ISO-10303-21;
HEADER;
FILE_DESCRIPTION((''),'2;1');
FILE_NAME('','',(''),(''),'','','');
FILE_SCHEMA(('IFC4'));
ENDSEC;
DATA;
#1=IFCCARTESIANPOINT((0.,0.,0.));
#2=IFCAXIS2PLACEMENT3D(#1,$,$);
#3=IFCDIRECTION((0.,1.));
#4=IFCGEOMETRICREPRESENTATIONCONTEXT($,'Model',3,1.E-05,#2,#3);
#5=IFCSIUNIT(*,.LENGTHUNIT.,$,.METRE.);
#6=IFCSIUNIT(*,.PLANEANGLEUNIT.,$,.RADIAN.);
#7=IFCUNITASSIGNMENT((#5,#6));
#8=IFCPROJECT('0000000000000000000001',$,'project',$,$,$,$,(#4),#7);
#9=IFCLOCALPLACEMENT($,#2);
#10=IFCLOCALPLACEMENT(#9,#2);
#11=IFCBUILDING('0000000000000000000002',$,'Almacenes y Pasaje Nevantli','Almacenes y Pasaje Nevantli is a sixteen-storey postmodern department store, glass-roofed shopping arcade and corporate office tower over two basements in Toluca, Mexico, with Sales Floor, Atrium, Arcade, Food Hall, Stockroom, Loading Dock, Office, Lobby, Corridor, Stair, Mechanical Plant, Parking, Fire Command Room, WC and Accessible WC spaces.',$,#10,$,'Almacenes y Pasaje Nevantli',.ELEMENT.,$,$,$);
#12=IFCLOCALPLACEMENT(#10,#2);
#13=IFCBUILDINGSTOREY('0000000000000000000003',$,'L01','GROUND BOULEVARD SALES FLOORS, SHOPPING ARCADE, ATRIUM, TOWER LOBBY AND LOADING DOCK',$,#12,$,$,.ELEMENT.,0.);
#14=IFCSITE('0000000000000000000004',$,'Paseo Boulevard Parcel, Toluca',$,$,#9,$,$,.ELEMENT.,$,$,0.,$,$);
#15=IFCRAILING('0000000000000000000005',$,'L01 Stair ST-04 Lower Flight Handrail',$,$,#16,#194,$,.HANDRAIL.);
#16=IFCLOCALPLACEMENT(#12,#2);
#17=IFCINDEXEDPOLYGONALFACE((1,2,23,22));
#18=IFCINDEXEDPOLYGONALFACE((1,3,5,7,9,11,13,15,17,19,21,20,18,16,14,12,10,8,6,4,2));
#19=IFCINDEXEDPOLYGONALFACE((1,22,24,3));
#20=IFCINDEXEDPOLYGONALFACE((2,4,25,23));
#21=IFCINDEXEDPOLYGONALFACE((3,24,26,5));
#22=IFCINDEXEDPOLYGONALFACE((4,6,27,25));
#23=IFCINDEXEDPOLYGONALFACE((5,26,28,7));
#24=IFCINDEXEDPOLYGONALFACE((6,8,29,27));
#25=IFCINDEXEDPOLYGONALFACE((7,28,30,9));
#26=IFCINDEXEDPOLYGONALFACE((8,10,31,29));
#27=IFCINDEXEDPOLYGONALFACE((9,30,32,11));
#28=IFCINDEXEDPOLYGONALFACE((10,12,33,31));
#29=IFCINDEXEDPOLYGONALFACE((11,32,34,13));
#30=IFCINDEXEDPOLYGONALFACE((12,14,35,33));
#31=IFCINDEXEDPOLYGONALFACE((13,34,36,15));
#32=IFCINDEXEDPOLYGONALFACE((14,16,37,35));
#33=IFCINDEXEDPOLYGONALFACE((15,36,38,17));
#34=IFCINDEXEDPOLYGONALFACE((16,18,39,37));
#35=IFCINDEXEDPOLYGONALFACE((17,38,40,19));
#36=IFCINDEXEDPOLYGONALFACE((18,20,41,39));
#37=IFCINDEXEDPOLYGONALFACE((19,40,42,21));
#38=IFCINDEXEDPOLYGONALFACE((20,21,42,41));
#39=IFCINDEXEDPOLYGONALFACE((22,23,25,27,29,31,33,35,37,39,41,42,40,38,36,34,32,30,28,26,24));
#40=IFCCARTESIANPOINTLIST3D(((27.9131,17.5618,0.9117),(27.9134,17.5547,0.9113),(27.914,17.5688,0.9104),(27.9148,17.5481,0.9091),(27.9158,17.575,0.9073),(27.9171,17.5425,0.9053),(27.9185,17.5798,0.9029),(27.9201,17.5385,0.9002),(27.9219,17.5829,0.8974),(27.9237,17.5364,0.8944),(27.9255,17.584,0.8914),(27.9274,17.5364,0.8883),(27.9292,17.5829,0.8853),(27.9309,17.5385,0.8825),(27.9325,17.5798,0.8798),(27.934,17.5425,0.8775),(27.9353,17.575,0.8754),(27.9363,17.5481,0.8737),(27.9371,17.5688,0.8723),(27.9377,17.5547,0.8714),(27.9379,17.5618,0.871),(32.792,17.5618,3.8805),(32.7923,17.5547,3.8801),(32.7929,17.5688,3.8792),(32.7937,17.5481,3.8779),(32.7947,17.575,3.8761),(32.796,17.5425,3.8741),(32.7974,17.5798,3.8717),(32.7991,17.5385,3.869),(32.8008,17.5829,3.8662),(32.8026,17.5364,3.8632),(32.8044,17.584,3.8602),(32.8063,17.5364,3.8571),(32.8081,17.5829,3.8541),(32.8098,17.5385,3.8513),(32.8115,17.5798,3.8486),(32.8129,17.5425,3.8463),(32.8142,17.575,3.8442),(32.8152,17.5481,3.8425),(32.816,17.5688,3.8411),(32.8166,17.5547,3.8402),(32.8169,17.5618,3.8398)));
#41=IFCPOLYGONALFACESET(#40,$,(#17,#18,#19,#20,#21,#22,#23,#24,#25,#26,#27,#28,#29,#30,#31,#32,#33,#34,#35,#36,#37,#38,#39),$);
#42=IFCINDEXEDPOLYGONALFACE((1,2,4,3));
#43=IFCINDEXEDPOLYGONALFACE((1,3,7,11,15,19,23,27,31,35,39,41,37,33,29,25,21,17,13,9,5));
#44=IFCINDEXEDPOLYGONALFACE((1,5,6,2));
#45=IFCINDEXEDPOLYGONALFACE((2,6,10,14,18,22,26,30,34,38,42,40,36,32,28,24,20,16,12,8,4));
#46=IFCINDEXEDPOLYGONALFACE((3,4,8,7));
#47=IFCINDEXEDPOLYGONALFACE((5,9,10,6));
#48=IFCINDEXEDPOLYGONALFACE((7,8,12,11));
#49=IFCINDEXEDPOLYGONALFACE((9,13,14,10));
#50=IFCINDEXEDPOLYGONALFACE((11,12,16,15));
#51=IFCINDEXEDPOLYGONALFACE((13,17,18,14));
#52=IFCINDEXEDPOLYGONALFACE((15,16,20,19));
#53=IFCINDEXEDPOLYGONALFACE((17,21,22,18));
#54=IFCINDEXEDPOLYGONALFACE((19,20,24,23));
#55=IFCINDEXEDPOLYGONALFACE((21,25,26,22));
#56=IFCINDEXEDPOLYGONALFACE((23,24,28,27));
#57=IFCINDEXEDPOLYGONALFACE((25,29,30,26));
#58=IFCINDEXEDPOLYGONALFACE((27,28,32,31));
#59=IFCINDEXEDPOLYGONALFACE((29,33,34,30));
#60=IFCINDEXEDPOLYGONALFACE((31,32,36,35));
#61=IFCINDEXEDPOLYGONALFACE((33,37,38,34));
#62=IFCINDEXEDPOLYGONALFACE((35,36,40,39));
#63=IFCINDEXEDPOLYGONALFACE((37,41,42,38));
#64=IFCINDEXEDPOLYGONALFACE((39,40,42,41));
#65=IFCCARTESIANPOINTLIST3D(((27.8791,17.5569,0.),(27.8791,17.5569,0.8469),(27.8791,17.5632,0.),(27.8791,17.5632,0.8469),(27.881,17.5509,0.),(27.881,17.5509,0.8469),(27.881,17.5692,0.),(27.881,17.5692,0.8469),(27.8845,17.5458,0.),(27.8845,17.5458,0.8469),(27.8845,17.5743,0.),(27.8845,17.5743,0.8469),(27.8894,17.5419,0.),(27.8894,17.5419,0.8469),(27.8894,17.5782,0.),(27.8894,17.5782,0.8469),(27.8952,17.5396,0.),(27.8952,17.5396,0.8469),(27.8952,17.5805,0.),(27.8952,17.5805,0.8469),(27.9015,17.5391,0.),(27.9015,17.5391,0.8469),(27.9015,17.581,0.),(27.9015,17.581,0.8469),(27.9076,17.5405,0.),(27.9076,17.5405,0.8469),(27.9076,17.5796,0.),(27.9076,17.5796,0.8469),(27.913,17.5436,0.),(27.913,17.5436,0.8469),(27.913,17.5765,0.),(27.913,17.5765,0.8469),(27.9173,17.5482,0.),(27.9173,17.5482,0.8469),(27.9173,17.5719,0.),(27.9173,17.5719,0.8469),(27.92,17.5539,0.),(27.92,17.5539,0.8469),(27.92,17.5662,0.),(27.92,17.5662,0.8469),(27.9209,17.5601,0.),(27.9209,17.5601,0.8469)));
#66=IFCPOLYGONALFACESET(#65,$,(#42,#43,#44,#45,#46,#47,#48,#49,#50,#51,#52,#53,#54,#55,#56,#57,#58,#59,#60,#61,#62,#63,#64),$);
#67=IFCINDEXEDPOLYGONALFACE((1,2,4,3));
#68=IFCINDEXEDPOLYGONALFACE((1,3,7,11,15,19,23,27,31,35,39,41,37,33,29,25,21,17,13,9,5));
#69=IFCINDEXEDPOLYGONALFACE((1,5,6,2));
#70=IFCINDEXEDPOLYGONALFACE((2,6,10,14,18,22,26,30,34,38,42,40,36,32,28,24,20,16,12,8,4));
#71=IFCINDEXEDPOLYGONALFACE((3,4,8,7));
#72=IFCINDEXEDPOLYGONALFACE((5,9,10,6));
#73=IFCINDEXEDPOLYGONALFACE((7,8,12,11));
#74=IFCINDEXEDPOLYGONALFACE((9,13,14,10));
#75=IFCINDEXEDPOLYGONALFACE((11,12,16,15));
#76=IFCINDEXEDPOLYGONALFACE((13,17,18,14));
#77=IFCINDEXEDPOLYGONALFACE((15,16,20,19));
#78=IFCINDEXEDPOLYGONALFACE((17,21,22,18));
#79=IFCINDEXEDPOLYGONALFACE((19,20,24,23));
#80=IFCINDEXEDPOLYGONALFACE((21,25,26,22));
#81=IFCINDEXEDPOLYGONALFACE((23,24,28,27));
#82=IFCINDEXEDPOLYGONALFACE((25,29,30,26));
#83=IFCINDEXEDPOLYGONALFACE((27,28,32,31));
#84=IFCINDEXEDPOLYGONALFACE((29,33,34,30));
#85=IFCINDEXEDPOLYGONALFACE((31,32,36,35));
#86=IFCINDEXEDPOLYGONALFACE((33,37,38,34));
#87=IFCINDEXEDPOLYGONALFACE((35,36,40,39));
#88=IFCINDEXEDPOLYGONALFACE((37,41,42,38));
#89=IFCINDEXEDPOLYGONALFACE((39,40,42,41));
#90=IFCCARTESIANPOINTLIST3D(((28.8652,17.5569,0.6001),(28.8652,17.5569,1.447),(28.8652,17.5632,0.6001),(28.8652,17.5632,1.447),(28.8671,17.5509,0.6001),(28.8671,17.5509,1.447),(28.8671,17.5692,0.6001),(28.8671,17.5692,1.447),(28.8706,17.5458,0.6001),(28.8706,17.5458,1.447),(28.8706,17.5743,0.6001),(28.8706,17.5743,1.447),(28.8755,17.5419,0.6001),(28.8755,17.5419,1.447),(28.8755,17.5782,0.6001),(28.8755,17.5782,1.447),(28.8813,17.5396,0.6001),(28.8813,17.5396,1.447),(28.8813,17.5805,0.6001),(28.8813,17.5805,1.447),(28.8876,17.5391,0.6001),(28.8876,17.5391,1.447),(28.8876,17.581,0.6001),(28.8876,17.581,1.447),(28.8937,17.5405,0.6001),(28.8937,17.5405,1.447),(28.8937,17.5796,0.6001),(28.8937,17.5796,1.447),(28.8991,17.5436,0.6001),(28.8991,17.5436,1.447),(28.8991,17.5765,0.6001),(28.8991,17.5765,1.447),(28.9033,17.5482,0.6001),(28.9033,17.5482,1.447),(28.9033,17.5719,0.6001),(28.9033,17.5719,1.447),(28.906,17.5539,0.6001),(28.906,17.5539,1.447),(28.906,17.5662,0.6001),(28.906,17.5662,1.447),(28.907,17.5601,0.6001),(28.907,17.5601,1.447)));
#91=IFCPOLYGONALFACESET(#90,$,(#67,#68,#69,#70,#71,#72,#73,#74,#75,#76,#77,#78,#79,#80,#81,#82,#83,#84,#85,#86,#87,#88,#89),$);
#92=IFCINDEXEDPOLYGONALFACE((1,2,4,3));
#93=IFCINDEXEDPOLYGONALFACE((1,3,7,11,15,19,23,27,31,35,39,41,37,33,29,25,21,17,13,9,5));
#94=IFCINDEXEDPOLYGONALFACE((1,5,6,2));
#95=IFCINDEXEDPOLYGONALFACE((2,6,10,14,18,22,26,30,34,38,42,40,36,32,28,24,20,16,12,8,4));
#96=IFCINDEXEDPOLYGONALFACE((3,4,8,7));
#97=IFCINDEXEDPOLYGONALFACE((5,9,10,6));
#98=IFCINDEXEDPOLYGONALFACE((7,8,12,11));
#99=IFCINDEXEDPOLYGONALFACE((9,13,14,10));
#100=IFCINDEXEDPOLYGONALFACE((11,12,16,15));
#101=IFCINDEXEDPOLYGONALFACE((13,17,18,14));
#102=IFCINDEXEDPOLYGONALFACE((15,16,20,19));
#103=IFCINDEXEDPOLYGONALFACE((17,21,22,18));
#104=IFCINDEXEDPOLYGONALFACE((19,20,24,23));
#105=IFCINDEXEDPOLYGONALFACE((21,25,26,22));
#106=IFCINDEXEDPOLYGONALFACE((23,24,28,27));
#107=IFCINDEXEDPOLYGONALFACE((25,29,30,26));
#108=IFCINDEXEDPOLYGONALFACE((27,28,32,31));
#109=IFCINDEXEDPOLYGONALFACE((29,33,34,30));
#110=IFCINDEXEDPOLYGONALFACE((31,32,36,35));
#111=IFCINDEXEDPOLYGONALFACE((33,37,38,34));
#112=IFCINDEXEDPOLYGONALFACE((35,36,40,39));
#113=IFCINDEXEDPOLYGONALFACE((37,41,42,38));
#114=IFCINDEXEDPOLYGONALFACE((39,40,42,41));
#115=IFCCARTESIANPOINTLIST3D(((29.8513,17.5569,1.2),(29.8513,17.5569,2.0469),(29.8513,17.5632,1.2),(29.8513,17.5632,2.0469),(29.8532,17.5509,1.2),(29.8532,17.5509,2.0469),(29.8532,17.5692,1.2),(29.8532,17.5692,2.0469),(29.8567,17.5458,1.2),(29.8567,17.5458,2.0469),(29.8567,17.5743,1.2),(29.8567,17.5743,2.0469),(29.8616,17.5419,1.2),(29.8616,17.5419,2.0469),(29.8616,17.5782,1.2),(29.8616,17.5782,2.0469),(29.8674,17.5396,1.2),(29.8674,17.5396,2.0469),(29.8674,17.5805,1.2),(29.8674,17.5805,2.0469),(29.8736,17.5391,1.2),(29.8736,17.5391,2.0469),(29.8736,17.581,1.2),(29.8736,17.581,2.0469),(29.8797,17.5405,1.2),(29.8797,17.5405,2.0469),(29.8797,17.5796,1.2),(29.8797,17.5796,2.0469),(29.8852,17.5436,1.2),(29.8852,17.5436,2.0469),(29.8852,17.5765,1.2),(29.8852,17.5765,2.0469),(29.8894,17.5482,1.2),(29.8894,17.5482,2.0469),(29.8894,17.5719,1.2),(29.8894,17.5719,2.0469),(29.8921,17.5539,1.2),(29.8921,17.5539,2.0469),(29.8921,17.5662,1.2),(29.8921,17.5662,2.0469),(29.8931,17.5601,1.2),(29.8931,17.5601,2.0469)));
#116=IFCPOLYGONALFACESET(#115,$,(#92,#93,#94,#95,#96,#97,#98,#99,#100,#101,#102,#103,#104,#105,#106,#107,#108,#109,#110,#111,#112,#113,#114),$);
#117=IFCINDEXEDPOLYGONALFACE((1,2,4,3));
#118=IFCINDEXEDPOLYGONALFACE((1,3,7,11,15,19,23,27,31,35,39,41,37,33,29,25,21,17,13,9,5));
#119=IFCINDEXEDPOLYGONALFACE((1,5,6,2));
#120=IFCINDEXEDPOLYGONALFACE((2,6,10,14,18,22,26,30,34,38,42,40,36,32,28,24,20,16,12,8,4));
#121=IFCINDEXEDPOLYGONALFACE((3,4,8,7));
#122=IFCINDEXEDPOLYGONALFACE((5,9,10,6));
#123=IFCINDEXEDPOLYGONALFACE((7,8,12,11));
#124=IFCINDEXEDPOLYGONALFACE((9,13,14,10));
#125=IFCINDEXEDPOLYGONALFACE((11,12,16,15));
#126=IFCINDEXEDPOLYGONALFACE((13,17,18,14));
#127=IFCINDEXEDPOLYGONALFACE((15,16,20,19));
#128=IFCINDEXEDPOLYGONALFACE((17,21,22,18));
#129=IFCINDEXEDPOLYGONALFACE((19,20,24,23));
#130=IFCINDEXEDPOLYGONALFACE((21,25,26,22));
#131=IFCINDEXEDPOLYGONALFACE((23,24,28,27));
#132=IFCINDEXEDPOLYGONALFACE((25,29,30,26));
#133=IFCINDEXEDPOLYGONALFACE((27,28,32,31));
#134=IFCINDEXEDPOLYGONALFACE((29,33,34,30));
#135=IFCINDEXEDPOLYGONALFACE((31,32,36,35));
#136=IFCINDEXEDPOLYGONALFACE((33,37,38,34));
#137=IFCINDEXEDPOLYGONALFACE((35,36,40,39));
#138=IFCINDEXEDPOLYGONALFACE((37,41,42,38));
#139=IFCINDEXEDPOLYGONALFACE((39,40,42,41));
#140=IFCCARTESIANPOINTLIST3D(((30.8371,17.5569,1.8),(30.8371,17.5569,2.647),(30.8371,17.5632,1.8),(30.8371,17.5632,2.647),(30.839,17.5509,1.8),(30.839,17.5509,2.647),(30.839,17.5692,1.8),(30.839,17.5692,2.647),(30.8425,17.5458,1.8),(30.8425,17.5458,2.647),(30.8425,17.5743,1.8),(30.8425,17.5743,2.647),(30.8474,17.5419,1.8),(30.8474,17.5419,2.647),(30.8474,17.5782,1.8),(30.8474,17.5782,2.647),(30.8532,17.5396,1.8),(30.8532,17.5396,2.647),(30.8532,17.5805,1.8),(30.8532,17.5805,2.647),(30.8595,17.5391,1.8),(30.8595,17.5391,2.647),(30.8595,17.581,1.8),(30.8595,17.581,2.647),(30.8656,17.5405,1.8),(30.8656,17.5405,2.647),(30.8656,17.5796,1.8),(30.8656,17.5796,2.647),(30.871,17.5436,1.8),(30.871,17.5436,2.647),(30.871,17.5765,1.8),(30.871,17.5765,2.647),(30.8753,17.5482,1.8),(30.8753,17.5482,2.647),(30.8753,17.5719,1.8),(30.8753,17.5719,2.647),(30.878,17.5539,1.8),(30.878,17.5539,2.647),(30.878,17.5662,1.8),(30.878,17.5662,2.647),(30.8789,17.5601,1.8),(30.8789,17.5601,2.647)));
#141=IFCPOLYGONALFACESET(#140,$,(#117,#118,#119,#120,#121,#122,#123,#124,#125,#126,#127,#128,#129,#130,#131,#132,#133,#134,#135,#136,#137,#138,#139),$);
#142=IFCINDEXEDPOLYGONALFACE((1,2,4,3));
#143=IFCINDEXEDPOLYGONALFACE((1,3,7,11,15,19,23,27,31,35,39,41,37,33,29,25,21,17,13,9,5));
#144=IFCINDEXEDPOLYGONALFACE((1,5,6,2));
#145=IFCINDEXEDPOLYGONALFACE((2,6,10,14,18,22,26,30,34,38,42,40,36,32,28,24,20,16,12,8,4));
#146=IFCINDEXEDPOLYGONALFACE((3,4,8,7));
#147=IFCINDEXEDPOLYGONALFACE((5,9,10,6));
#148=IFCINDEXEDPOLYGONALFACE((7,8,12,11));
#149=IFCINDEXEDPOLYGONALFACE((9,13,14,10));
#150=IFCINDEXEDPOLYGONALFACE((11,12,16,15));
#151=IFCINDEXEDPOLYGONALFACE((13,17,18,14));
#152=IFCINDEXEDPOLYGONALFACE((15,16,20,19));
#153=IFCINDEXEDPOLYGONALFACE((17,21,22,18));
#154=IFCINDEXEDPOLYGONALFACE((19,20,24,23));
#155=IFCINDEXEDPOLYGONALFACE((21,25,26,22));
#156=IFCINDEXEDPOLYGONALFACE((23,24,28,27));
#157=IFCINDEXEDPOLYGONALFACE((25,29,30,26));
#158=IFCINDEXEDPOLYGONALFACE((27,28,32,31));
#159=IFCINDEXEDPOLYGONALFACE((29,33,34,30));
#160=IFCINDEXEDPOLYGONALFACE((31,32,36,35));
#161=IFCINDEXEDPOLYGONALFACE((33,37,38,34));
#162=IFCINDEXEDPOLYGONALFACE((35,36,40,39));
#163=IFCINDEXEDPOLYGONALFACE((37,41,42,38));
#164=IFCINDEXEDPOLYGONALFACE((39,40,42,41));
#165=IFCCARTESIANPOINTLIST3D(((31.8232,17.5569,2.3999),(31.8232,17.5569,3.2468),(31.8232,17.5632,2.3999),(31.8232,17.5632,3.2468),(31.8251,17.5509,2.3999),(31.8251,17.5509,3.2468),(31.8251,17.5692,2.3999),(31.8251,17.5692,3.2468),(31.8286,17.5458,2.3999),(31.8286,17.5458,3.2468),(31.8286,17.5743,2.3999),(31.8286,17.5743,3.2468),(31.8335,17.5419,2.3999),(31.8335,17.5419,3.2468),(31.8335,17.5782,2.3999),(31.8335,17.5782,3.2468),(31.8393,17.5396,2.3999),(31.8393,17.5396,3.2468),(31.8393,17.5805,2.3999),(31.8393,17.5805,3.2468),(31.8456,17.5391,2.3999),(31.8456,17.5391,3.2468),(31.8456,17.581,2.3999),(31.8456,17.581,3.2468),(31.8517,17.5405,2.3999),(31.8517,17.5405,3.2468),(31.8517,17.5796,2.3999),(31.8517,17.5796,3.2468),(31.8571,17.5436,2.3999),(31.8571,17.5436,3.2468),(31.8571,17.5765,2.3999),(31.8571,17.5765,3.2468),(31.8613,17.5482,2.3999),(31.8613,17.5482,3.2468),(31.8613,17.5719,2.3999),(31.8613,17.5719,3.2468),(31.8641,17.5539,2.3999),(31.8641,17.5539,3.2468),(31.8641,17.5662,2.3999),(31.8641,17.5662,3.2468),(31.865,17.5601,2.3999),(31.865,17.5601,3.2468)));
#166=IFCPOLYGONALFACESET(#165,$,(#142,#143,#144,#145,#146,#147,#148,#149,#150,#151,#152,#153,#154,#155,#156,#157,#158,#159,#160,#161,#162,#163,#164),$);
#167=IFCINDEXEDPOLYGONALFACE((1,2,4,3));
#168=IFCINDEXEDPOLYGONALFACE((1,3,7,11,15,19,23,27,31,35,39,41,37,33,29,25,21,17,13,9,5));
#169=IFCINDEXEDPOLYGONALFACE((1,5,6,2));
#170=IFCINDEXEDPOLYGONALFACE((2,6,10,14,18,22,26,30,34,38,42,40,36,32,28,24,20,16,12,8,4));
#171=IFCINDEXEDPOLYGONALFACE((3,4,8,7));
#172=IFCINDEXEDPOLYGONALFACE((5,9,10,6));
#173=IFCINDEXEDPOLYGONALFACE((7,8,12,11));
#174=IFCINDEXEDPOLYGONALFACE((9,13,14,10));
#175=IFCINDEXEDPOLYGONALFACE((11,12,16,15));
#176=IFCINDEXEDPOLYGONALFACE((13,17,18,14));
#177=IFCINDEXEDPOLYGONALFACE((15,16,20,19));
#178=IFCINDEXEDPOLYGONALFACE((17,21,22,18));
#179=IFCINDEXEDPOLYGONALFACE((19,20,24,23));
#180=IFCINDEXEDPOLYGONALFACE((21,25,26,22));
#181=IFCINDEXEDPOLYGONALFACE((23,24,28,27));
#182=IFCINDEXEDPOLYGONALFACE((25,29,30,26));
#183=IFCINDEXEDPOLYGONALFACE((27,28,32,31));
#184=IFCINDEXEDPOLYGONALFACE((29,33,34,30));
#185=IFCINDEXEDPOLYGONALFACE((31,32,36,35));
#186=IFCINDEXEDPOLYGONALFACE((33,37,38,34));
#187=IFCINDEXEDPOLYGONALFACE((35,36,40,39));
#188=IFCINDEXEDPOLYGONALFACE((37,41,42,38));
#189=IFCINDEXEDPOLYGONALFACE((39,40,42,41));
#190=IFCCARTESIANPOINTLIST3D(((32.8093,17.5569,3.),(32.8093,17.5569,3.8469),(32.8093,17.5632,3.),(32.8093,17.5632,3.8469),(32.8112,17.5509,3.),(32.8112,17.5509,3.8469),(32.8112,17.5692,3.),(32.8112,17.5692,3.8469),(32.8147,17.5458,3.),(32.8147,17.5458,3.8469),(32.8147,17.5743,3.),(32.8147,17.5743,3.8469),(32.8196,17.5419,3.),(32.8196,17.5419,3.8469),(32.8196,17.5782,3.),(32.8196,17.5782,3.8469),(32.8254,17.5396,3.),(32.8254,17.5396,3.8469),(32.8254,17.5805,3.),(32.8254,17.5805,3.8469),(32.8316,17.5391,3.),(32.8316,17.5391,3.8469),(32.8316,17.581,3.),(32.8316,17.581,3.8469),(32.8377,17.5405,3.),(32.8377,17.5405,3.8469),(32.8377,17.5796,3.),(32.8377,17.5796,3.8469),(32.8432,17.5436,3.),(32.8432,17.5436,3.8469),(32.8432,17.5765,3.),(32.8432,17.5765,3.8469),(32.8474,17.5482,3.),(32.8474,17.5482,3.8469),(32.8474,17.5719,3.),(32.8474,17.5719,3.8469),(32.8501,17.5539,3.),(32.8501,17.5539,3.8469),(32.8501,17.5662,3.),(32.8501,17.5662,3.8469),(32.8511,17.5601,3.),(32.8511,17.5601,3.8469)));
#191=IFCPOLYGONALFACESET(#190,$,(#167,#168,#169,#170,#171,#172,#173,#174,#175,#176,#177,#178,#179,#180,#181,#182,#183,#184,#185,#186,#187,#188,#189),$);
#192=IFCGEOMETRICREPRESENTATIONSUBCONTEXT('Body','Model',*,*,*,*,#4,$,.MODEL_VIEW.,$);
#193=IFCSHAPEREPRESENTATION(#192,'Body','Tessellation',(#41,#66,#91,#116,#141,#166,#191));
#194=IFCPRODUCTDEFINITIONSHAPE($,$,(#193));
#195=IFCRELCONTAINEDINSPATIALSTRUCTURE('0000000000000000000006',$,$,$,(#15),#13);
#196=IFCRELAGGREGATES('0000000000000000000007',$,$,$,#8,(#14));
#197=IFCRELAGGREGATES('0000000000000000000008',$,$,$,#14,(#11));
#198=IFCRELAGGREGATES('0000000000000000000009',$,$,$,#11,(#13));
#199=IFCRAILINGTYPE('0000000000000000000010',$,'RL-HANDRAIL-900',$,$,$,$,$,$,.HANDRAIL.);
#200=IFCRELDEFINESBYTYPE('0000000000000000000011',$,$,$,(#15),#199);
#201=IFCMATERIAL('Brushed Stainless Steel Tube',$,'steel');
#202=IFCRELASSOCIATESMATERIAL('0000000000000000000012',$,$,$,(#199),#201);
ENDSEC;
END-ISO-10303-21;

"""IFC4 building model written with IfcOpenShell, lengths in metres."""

from ifc_helpers import new_model, si_unit, direction, frame, origin, origin_2d, place, context, subcontext, project, spatial, circle, extrude, material, type_object, element, save


model = new_model("IFC4")

# Units and contexts
model_context = context("Model", 3, precision=1e-05, world=origin(), true_north=direction((0.0, 1.0)))
body_context = subcontext(model_context, "Body", "Model", "MODEL_VIEW")
ifc_project = project(units=[si_unit("LENGTHUNIT", "METRE"), si_unit("PLANEANGLEUNIT", "RADIAN")], contexts=[model_context])

# Site, building, storey
site_placement = place(None, origin())
site = spatial("IfcSite", under=ifc_project, at=site_placement, Name="Paseo Boulevard Parcel, Toluca", CompositionType="ELEMENT", RefElevation=0.0)
building_placement = place(site_placement, origin())
building = spatial("IfcBuilding", under=site, at=building_placement, Name="Almacenes y Pasaje Nevantli", Description="Almacenes y Pasaje Nevantli is a sixteen-storey postmodern department store, glass-roofed shopping arcade and corporate office tower over two basements in Toluca, Mexico, with Sales Floor, Atrium, Arcade, Food Hall, Stockroom, Loading Dock, Office, Lobby, Corridor, Stair, Mechanical Plant, Parking, Fire Command Room, WC and Accessible WC spaces.", LongName="Almacenes y Pasaje Nevantli", CompositionType="ELEMENT")
storey_placement = place(building_placement, origin())
storey = spatial("IfcBuildingStorey", under=building, at=storey_placement, Name="L01", Description="GROUND BOULEVARD SALES FLOORS, SHOPPING ARCADE, ATRIUM, TOWER LOBBY AND LOADING DOCK", CompositionType="ELEMENT", Elevation=0.0)

# Railing
ifc_material_1 = material(Name="Brushed Stainless Steel Tube", Category="steel")
railing_type_1 = type_object("IfcRailingType", Name="RL-HANDRAIL-900", PredefinedType="HANDRAIL", material=ifc_material_1)
railing_1_placement = place(storey_placement, frame((27.8999, 17.5601, 0.0)))
element("IfcRailing", 1, at=railing_1_placement, inside=storey, type_object=railing_type_1, Name="L01 Stair ST-04 Lower Flight Handrail", PredefinedType="HANDRAIL", context=body_context, shape_type="SweptSolid", body=[
    extrude(circle(Radius=0.0239, at=origin_2d()), frame((0.0256, 0.0, 0.8914), z_axis=(0.854274, 0.0, 0.519823), x_axis=(0.0, 1.0, 0.0)), (0.0, 0.0, 1.0), 5.7112),
    extrude(circle(Radius=0.021, at=origin_2d()), origin(), (0.0, 0.0, 1.0), 0.8469),
    extrude(circle(Radius=0.021, at=origin_2d()), frame((0.9861, 0.0, 0.6001)), (0.0, 0.0, 1.0), 0.8469),
    extrude(circle(Radius=0.021, at=origin_2d()), frame((1.9722, 0.0, 1.2)), (0.0, 0.0, 1.0), 0.8469),
    extrude(circle(Radius=0.021, at=origin_2d()), frame((2.958, 0.0, 1.8)), (0.0, 0.0, 1.0), 0.8469),
    extrude(circle(Radius=0.021, at=origin_2d()), frame((3.9441, 0.0, 2.3999)), (0.0, 0.0, 1.0), 0.8469),
    extrude(circle(Radius=0.021, at=origin_2d()), frame((4.9302, 0.0, 3.0)), (0.0, 0.0, 1.0), 0.8469),
])

save(model, "model.ifc")
